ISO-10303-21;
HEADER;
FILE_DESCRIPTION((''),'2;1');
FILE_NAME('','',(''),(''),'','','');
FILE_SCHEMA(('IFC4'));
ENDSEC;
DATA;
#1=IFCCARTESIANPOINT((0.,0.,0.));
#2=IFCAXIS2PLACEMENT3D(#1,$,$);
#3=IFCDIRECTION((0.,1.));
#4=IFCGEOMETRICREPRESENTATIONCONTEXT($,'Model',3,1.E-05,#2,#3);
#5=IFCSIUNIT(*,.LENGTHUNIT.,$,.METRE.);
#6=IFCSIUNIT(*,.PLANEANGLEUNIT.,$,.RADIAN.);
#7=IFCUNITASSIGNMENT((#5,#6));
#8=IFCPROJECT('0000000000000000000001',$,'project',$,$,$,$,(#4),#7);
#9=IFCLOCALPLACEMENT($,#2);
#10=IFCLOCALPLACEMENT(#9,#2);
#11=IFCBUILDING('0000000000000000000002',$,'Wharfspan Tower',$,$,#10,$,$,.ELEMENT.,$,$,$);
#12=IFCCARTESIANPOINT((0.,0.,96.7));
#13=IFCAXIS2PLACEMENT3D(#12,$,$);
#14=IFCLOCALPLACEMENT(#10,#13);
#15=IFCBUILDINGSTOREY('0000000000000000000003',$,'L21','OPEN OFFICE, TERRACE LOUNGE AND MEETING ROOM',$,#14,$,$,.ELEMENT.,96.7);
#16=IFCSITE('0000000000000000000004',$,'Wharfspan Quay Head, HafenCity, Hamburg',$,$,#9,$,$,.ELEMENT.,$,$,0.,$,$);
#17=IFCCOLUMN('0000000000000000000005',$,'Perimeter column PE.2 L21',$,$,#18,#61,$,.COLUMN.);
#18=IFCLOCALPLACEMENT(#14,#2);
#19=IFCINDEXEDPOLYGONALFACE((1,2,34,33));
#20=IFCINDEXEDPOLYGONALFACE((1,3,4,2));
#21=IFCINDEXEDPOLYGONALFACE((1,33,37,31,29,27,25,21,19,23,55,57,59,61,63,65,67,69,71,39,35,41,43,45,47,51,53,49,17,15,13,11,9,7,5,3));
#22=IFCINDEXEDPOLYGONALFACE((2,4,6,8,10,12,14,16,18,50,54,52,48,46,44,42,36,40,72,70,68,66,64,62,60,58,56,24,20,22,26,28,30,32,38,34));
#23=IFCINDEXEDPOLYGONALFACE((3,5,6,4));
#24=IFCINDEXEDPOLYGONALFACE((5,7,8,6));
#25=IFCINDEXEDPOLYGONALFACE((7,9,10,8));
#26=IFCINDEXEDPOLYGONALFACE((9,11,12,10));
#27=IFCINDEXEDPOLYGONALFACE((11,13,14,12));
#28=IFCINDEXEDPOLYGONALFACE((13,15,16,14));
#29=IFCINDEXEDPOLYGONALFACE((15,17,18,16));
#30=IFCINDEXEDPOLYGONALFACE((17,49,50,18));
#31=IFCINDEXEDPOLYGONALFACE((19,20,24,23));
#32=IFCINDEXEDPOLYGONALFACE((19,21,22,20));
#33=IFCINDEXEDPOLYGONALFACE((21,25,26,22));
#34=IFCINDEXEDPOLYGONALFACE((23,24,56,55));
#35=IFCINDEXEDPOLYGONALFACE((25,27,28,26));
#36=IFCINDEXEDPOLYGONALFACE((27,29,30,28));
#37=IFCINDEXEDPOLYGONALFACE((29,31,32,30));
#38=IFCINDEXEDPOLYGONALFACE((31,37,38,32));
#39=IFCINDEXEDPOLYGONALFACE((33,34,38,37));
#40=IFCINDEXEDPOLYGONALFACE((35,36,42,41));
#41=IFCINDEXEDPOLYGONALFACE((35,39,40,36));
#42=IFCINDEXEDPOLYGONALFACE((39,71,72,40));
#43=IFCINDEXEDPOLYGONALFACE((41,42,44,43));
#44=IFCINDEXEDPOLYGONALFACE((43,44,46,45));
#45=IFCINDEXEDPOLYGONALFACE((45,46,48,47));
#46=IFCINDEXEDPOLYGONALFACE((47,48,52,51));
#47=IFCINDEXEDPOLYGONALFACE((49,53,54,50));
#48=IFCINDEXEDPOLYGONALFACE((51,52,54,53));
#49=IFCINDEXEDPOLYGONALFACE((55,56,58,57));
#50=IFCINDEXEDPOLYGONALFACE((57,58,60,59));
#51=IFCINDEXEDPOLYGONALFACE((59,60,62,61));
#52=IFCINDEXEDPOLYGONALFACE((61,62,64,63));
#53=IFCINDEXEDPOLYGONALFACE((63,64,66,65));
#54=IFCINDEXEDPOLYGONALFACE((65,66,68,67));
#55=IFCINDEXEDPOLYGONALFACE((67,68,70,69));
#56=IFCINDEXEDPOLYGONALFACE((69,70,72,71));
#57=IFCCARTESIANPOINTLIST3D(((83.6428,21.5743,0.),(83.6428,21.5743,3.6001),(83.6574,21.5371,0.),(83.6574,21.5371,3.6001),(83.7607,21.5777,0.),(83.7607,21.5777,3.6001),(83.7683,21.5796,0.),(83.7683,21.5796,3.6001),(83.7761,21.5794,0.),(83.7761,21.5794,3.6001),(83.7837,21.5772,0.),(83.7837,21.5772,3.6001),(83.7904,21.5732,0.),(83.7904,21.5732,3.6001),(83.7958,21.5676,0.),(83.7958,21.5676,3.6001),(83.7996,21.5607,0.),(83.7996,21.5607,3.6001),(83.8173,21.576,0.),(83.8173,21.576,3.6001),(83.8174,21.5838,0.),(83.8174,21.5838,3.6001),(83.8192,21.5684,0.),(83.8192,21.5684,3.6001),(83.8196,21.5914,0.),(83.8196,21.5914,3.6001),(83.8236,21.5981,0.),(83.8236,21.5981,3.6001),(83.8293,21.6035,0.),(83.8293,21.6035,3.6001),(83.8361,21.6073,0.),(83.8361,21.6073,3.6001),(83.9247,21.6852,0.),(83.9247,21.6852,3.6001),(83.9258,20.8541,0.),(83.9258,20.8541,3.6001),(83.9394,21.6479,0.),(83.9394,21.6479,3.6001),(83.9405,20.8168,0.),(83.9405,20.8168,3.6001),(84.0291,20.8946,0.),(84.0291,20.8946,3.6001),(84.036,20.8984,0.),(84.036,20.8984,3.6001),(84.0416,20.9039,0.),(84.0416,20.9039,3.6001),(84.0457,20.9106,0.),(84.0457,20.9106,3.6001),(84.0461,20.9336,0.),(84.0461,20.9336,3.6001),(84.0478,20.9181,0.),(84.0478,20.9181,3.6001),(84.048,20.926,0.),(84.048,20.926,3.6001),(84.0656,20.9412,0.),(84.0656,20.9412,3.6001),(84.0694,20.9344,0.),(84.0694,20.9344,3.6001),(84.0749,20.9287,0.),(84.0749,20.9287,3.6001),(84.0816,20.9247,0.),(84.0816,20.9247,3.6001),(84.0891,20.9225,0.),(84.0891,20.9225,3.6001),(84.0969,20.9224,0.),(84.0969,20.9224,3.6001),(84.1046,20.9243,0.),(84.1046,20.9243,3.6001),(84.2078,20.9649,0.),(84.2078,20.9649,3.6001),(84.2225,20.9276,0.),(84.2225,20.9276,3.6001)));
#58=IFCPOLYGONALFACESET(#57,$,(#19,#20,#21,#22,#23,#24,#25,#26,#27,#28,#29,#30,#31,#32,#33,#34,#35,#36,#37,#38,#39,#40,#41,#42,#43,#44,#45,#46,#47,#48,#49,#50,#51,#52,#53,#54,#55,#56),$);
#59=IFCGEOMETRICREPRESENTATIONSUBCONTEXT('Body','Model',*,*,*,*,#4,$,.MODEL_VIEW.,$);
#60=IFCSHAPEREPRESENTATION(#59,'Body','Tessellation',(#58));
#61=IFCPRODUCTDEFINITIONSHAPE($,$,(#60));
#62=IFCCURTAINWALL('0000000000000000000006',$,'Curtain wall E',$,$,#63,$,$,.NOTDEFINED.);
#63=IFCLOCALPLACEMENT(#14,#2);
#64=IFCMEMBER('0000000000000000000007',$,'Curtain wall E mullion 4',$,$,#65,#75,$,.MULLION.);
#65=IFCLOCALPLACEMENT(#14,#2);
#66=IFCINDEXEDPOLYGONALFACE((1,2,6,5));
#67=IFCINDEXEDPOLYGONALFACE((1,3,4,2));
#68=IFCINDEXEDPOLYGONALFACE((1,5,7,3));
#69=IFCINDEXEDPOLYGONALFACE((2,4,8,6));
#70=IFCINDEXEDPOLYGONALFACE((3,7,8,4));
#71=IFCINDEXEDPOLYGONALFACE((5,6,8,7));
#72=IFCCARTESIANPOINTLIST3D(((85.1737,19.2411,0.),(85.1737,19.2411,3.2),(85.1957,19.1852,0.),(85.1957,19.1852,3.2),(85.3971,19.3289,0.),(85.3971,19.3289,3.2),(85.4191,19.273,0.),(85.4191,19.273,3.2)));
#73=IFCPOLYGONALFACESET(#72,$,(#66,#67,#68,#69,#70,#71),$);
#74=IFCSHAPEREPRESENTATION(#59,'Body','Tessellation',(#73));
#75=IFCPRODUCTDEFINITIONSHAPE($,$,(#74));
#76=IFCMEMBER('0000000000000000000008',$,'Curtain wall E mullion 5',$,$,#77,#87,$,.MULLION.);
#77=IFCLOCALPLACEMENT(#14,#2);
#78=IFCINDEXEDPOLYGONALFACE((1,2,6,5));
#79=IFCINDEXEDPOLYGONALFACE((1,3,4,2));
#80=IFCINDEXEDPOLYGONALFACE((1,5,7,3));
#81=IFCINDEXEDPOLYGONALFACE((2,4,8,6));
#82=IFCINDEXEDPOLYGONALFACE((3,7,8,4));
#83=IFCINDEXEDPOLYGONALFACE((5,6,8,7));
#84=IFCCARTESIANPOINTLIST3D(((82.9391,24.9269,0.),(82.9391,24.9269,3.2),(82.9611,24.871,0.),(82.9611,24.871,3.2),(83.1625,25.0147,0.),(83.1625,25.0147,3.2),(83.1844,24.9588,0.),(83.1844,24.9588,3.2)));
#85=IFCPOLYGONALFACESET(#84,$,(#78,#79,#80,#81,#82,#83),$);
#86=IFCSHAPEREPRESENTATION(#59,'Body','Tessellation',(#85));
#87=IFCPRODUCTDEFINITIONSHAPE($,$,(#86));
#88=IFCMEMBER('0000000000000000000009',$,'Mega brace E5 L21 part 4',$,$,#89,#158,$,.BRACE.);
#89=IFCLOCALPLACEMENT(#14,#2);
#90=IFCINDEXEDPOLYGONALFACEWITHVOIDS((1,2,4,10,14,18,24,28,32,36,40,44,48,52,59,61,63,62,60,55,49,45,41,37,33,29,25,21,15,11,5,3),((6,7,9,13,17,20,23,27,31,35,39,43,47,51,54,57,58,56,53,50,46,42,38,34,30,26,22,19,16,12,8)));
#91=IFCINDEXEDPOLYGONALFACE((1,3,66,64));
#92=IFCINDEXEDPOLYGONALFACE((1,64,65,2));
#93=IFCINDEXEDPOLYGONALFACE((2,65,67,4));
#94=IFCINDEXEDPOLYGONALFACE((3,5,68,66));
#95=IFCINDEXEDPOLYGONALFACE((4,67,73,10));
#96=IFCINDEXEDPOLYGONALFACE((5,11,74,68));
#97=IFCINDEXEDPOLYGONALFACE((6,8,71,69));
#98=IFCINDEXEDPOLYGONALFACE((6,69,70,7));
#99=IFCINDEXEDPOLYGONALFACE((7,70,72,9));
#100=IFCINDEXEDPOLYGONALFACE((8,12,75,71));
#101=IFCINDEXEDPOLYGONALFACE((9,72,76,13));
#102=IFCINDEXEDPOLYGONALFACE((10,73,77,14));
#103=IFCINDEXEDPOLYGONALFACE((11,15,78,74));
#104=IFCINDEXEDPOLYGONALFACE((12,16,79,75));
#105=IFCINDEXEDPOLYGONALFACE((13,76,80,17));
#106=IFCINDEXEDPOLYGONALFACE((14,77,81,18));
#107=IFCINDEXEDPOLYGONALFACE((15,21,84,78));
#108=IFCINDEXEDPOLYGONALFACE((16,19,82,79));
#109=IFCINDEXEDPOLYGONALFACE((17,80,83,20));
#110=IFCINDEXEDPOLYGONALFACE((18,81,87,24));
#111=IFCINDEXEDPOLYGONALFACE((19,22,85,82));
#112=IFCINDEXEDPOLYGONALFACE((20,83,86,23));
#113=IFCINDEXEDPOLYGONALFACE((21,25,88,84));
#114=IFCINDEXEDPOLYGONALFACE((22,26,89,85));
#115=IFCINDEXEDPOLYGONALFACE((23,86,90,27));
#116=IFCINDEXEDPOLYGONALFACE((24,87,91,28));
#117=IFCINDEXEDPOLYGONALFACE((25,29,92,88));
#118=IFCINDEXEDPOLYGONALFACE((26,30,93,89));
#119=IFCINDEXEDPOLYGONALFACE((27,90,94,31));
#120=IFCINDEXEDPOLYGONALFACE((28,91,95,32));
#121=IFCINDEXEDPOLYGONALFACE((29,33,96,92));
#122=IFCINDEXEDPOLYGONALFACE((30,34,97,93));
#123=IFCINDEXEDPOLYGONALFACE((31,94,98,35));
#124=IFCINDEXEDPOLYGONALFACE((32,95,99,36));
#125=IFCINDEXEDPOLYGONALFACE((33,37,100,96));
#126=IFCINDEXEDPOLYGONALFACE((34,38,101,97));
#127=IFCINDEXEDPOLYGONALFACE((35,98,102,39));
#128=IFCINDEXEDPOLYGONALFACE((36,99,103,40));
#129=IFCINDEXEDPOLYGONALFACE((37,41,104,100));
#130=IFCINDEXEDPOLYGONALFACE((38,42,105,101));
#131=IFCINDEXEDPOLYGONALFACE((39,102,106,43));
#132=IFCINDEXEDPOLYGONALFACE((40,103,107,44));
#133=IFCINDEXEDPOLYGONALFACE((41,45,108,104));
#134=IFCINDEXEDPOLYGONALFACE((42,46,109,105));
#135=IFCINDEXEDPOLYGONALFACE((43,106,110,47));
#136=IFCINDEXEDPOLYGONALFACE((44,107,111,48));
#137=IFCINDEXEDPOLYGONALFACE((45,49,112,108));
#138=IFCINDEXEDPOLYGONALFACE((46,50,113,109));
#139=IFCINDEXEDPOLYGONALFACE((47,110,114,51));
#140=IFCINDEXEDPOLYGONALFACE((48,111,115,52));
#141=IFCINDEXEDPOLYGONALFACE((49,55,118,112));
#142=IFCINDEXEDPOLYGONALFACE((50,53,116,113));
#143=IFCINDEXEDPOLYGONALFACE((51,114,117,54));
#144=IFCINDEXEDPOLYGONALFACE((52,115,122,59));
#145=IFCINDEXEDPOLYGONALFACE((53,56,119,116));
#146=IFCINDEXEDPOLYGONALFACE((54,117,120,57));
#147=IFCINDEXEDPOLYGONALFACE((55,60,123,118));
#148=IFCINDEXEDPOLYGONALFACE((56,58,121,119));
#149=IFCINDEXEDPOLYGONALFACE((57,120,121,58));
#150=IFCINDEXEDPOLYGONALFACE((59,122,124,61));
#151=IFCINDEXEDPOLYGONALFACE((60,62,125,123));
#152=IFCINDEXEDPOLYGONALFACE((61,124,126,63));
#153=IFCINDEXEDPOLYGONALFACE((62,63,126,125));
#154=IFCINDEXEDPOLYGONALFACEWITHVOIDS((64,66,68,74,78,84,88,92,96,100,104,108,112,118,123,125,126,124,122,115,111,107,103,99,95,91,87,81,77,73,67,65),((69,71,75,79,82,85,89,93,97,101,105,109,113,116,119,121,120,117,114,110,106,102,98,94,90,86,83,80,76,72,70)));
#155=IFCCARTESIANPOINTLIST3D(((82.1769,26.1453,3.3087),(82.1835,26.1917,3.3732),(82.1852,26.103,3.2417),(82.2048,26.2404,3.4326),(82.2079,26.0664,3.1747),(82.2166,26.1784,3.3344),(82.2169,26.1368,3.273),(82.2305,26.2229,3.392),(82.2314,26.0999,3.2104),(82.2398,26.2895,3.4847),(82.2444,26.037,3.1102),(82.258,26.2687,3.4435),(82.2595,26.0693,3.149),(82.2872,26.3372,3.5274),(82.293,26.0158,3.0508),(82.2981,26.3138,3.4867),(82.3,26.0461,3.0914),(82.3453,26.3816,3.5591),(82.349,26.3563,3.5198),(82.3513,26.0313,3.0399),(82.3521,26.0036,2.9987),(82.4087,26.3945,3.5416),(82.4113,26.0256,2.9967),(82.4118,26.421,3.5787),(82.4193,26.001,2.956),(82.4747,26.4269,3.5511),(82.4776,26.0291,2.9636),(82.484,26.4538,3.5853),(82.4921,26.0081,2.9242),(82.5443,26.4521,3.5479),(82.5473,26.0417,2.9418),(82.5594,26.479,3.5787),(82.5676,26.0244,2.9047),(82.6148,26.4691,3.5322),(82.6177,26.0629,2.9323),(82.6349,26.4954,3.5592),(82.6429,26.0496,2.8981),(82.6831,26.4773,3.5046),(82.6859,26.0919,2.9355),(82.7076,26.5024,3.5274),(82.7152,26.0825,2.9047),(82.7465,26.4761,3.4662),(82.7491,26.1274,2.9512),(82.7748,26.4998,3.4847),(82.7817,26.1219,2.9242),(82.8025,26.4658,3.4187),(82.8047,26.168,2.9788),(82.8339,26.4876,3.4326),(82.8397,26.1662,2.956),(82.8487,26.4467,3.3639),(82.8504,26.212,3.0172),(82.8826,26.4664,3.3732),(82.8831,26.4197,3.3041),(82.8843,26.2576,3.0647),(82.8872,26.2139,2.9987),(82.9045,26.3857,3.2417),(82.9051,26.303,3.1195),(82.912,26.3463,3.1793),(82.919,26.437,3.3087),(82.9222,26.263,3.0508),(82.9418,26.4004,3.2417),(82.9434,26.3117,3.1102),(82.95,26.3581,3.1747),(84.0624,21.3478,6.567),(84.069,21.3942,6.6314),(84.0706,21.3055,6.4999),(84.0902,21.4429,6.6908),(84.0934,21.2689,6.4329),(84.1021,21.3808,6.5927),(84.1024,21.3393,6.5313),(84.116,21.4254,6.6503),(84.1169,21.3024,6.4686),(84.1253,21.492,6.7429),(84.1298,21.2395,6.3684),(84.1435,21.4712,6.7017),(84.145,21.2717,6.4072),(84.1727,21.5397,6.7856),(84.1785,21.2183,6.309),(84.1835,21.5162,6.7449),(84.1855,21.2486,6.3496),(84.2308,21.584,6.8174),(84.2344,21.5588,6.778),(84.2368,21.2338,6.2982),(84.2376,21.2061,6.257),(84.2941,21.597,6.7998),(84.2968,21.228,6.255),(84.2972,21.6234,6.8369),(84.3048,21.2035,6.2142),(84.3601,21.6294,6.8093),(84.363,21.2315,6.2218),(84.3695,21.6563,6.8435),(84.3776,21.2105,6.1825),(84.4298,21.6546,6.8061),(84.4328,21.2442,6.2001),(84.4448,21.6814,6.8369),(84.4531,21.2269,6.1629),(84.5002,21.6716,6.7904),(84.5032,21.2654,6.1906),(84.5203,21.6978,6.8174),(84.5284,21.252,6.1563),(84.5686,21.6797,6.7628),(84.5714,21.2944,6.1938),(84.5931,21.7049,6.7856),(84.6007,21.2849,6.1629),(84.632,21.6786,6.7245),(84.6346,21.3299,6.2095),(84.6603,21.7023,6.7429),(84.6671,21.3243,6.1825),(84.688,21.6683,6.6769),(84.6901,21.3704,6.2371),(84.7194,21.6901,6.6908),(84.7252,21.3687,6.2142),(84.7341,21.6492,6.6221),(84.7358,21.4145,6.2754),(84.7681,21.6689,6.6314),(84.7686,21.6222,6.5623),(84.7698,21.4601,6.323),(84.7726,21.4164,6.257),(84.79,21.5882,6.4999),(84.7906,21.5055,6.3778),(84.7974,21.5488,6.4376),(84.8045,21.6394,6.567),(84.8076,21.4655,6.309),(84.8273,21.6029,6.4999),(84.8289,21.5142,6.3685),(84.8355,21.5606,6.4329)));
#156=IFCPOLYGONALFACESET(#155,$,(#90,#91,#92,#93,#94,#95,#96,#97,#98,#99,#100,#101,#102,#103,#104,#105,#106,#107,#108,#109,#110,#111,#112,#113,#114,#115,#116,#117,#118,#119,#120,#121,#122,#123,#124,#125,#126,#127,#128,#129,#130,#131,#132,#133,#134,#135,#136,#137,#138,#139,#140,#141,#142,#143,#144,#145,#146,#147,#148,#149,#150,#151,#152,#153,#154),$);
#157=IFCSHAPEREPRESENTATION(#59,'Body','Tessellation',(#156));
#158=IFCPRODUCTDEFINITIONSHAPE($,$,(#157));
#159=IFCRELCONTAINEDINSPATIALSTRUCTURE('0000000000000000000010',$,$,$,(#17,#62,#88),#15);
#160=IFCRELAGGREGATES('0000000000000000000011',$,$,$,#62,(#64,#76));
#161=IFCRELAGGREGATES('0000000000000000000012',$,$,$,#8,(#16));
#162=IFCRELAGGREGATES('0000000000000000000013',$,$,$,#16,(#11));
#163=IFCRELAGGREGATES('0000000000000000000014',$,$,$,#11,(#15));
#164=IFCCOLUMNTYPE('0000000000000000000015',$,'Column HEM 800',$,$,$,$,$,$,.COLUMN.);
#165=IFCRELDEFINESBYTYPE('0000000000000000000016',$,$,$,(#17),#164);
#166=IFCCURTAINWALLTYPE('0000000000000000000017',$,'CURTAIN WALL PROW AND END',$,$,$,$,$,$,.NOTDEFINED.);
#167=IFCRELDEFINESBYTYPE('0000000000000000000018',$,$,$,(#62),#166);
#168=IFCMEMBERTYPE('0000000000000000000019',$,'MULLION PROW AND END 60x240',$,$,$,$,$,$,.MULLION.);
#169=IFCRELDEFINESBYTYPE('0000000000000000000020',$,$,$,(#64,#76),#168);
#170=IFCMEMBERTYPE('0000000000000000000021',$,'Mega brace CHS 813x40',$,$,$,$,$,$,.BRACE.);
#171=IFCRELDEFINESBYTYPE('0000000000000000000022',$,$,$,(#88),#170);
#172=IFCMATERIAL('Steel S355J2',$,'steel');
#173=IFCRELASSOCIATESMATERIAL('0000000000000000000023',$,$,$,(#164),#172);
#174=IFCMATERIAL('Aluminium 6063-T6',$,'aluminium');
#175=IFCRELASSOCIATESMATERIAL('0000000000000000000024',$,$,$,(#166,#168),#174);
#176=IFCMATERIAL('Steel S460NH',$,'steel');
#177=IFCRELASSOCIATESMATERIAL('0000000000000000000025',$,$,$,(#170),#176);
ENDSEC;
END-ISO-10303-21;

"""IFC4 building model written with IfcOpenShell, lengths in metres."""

from ifc_helpers import new_model, si_unit, direction, frame, origin, origin_2d, place, context, subcontext, project, spatial, rectangle, hollow_circle, i_section, extrude, material, material_profile, profile_set, type_object, element, aggregate, save


model = new_model("IFC4")

# Units and contexts
model_context = context("Model", 3, precision=1e-05, world=origin(), true_north=direction((0.0, 1.0)))
body_context = subcontext(model_context, "Body", "Model", "MODEL_VIEW")
ifc_project = project(units=[si_unit("LENGTHUNIT", "METRE"), si_unit("PLANEANGLEUNIT", "RADIAN")], contexts=[model_context])

# Site, building, storey
site_placement = place(None, origin())
site = spatial("IfcSite", under=ifc_project, at=site_placement, Name="Wharfspan Quay Head, HafenCity, Hamburg", CompositionType="ELEMENT", RefElevation=0.0)
building_placement = place(site_placement, origin())
building = spatial("IfcBuilding", under=site, at=building_placement, Name="Wharfspan Tower", CompositionType="ELEMENT")
storey_placement = place(building_placement, frame((0.0, 0.0, 96.7)))
storey = spatial("IfcBuildingStorey", under=building, at=storey_placement, Name="L21", Description="OPEN OFFICE, TERRACE LOUNGE AND MEETING ROOM", CompositionType="ELEMENT", Elevation=96.7)

# Column
ifc_material_1 = material(Name="Steel S355J2", Category="steel")
ifc_material_profile_1 = material_profile(ifc_material_1, i_section(OverallWidth=0.303, OverallDepth=0.814, WebThickness=0.021, FlangeThickness=0.04, FilletRadius=0.03, at=origin_2d()))
ifc_profile_set_1 = profile_set([ifc_material_profile_1], Name="Steel S355J2")
column_type = type_object("IfcColumnType", Name="Column HEM 800", PredefinedType="COLUMN", material=ifc_profile_set_1)
column_placement = place(storey_placement, frame((83.9326, 21.251, 0.0), z_axis=(0.0, 0.0, 1.0), x_axis=(0.930702, 0.365778, 0.0)))
element("IfcColumn", 1, at=column_placement, inside=storey, type_object=column_type, Name="Perimeter column PE.2 L21", PredefinedType="COLUMN", context=body_context, shape_type="SweptSolid", body=[
    extrude(i_section(OverallWidth=0.303, OverallDepth=0.814, WebThickness=0.021, FlangeThickness=0.04, FilletRadius=0.03, at=origin_2d()), origin(), (0.0, 0.0, 1.0), 3.6001),
])

# Curtain wall, members
ifc_material_2 = material(Name="Aluminium 6063-T6", Category="aluminium")
curtain_wall_type = type_object("IfcCurtainWallType", Name="CURTAIN WALL PROW AND END", PredefinedType="NOTDEFINED", material=ifc_material_2)
curtain_wall_placement = place(storey_placement, origin())
curtain_wall = element("IfcCurtainWall", 2, at=curtain_wall_placement, inside=storey, type_object=curtain_wall_type, Name="Curtain wall E", PredefinedType="NOTDEFINED")
ifc_material_profile_2 = material_profile(ifc_material_2, rectangle(XDim=0.24, YDim=0.0601, at=origin_2d()))
ifc_profile_set_2 = profile_set([ifc_material_profile_2], Name="Aluminium 6063-T6")
member_type_1 = type_object("IfcMemberType", Name="MULLION PROW AND END 60x240", PredefinedType="MULLION", material=ifc_profile_set_2)
member_1_placement = place(storey_placement, frame((85.2964, 19.2571, 0.0), z_axis=(0.0, 0.0, 1.0), x_axis=(-0.930702, -0.365778, 0.0)))
member_1 = element("IfcMember", 3, at=member_1_placement, type_object=member_type_1, Name="Curtain wall E mullion 4", PredefinedType="MULLION", context=body_context, shape_type="SweptSolid", body=[
    extrude(rectangle(XDim=0.24, YDim=0.0601, at=origin_2d()), origin(), (0.0, 0.0, 1.0), 3.2),
])
member_2_placement = place(storey_placement, frame((83.0618, 24.9429, 0.0), z_axis=(0.0, 0.0, 1.0), x_axis=(-0.930702, -0.365778, 0.0)))
member_2 = element("IfcMember", 4, at=member_2_placement, type_object=member_type_1, Name="Curtain wall E mullion 5", PredefinedType="MULLION", context=body_context, shape_type="SweptSolid", body=[
    extrude(rectangle(XDim=0.24, YDim=0.0601, at=origin_2d()), origin(), (0.0, 0.0, 1.0), 3.2),
])

# Member
ifc_material_3 = material(Name="Steel S460NH", Category="steel")
ifc_material_profile_3 = material_profile(ifc_material_3, hollow_circle(Radius=0.4065, WallThickness=0.04, at=origin_2d()))
ifc_profile_set_3 = profile_set([ifc_material_profile_3], Name="Steel S460NH")
member_type_2 = type_object("IfcMemberType", Name="Mega brace CHS 813x40", PredefinedType="BRACE", material=ifc_profile_set_3)
member_3_placement = place(storey_placement, frame((82.5635, 26.2517, 3.2417), z_axis=(0.309187, -0.786719, 0.534301), x_axis=(0.930704, 0.365777, 0.000004)))
element("IfcMember", 5, at=member_3_placement, inside=storey, type_object=member_type_2, Name="Mega brace E5 L21 part 4", PredefinedType="BRACE", context=body_context, shape_type="SweptSolid", body=[
    extrude(hollow_circle(Radius=0.4065, WallThickness=0.04, at=origin_2d()), origin(), (0.0, 0.0, 1.0), 6.0981),
])

aggregate(curtain_wall, [member_1, member_2])

save(model, "model.ifc")
